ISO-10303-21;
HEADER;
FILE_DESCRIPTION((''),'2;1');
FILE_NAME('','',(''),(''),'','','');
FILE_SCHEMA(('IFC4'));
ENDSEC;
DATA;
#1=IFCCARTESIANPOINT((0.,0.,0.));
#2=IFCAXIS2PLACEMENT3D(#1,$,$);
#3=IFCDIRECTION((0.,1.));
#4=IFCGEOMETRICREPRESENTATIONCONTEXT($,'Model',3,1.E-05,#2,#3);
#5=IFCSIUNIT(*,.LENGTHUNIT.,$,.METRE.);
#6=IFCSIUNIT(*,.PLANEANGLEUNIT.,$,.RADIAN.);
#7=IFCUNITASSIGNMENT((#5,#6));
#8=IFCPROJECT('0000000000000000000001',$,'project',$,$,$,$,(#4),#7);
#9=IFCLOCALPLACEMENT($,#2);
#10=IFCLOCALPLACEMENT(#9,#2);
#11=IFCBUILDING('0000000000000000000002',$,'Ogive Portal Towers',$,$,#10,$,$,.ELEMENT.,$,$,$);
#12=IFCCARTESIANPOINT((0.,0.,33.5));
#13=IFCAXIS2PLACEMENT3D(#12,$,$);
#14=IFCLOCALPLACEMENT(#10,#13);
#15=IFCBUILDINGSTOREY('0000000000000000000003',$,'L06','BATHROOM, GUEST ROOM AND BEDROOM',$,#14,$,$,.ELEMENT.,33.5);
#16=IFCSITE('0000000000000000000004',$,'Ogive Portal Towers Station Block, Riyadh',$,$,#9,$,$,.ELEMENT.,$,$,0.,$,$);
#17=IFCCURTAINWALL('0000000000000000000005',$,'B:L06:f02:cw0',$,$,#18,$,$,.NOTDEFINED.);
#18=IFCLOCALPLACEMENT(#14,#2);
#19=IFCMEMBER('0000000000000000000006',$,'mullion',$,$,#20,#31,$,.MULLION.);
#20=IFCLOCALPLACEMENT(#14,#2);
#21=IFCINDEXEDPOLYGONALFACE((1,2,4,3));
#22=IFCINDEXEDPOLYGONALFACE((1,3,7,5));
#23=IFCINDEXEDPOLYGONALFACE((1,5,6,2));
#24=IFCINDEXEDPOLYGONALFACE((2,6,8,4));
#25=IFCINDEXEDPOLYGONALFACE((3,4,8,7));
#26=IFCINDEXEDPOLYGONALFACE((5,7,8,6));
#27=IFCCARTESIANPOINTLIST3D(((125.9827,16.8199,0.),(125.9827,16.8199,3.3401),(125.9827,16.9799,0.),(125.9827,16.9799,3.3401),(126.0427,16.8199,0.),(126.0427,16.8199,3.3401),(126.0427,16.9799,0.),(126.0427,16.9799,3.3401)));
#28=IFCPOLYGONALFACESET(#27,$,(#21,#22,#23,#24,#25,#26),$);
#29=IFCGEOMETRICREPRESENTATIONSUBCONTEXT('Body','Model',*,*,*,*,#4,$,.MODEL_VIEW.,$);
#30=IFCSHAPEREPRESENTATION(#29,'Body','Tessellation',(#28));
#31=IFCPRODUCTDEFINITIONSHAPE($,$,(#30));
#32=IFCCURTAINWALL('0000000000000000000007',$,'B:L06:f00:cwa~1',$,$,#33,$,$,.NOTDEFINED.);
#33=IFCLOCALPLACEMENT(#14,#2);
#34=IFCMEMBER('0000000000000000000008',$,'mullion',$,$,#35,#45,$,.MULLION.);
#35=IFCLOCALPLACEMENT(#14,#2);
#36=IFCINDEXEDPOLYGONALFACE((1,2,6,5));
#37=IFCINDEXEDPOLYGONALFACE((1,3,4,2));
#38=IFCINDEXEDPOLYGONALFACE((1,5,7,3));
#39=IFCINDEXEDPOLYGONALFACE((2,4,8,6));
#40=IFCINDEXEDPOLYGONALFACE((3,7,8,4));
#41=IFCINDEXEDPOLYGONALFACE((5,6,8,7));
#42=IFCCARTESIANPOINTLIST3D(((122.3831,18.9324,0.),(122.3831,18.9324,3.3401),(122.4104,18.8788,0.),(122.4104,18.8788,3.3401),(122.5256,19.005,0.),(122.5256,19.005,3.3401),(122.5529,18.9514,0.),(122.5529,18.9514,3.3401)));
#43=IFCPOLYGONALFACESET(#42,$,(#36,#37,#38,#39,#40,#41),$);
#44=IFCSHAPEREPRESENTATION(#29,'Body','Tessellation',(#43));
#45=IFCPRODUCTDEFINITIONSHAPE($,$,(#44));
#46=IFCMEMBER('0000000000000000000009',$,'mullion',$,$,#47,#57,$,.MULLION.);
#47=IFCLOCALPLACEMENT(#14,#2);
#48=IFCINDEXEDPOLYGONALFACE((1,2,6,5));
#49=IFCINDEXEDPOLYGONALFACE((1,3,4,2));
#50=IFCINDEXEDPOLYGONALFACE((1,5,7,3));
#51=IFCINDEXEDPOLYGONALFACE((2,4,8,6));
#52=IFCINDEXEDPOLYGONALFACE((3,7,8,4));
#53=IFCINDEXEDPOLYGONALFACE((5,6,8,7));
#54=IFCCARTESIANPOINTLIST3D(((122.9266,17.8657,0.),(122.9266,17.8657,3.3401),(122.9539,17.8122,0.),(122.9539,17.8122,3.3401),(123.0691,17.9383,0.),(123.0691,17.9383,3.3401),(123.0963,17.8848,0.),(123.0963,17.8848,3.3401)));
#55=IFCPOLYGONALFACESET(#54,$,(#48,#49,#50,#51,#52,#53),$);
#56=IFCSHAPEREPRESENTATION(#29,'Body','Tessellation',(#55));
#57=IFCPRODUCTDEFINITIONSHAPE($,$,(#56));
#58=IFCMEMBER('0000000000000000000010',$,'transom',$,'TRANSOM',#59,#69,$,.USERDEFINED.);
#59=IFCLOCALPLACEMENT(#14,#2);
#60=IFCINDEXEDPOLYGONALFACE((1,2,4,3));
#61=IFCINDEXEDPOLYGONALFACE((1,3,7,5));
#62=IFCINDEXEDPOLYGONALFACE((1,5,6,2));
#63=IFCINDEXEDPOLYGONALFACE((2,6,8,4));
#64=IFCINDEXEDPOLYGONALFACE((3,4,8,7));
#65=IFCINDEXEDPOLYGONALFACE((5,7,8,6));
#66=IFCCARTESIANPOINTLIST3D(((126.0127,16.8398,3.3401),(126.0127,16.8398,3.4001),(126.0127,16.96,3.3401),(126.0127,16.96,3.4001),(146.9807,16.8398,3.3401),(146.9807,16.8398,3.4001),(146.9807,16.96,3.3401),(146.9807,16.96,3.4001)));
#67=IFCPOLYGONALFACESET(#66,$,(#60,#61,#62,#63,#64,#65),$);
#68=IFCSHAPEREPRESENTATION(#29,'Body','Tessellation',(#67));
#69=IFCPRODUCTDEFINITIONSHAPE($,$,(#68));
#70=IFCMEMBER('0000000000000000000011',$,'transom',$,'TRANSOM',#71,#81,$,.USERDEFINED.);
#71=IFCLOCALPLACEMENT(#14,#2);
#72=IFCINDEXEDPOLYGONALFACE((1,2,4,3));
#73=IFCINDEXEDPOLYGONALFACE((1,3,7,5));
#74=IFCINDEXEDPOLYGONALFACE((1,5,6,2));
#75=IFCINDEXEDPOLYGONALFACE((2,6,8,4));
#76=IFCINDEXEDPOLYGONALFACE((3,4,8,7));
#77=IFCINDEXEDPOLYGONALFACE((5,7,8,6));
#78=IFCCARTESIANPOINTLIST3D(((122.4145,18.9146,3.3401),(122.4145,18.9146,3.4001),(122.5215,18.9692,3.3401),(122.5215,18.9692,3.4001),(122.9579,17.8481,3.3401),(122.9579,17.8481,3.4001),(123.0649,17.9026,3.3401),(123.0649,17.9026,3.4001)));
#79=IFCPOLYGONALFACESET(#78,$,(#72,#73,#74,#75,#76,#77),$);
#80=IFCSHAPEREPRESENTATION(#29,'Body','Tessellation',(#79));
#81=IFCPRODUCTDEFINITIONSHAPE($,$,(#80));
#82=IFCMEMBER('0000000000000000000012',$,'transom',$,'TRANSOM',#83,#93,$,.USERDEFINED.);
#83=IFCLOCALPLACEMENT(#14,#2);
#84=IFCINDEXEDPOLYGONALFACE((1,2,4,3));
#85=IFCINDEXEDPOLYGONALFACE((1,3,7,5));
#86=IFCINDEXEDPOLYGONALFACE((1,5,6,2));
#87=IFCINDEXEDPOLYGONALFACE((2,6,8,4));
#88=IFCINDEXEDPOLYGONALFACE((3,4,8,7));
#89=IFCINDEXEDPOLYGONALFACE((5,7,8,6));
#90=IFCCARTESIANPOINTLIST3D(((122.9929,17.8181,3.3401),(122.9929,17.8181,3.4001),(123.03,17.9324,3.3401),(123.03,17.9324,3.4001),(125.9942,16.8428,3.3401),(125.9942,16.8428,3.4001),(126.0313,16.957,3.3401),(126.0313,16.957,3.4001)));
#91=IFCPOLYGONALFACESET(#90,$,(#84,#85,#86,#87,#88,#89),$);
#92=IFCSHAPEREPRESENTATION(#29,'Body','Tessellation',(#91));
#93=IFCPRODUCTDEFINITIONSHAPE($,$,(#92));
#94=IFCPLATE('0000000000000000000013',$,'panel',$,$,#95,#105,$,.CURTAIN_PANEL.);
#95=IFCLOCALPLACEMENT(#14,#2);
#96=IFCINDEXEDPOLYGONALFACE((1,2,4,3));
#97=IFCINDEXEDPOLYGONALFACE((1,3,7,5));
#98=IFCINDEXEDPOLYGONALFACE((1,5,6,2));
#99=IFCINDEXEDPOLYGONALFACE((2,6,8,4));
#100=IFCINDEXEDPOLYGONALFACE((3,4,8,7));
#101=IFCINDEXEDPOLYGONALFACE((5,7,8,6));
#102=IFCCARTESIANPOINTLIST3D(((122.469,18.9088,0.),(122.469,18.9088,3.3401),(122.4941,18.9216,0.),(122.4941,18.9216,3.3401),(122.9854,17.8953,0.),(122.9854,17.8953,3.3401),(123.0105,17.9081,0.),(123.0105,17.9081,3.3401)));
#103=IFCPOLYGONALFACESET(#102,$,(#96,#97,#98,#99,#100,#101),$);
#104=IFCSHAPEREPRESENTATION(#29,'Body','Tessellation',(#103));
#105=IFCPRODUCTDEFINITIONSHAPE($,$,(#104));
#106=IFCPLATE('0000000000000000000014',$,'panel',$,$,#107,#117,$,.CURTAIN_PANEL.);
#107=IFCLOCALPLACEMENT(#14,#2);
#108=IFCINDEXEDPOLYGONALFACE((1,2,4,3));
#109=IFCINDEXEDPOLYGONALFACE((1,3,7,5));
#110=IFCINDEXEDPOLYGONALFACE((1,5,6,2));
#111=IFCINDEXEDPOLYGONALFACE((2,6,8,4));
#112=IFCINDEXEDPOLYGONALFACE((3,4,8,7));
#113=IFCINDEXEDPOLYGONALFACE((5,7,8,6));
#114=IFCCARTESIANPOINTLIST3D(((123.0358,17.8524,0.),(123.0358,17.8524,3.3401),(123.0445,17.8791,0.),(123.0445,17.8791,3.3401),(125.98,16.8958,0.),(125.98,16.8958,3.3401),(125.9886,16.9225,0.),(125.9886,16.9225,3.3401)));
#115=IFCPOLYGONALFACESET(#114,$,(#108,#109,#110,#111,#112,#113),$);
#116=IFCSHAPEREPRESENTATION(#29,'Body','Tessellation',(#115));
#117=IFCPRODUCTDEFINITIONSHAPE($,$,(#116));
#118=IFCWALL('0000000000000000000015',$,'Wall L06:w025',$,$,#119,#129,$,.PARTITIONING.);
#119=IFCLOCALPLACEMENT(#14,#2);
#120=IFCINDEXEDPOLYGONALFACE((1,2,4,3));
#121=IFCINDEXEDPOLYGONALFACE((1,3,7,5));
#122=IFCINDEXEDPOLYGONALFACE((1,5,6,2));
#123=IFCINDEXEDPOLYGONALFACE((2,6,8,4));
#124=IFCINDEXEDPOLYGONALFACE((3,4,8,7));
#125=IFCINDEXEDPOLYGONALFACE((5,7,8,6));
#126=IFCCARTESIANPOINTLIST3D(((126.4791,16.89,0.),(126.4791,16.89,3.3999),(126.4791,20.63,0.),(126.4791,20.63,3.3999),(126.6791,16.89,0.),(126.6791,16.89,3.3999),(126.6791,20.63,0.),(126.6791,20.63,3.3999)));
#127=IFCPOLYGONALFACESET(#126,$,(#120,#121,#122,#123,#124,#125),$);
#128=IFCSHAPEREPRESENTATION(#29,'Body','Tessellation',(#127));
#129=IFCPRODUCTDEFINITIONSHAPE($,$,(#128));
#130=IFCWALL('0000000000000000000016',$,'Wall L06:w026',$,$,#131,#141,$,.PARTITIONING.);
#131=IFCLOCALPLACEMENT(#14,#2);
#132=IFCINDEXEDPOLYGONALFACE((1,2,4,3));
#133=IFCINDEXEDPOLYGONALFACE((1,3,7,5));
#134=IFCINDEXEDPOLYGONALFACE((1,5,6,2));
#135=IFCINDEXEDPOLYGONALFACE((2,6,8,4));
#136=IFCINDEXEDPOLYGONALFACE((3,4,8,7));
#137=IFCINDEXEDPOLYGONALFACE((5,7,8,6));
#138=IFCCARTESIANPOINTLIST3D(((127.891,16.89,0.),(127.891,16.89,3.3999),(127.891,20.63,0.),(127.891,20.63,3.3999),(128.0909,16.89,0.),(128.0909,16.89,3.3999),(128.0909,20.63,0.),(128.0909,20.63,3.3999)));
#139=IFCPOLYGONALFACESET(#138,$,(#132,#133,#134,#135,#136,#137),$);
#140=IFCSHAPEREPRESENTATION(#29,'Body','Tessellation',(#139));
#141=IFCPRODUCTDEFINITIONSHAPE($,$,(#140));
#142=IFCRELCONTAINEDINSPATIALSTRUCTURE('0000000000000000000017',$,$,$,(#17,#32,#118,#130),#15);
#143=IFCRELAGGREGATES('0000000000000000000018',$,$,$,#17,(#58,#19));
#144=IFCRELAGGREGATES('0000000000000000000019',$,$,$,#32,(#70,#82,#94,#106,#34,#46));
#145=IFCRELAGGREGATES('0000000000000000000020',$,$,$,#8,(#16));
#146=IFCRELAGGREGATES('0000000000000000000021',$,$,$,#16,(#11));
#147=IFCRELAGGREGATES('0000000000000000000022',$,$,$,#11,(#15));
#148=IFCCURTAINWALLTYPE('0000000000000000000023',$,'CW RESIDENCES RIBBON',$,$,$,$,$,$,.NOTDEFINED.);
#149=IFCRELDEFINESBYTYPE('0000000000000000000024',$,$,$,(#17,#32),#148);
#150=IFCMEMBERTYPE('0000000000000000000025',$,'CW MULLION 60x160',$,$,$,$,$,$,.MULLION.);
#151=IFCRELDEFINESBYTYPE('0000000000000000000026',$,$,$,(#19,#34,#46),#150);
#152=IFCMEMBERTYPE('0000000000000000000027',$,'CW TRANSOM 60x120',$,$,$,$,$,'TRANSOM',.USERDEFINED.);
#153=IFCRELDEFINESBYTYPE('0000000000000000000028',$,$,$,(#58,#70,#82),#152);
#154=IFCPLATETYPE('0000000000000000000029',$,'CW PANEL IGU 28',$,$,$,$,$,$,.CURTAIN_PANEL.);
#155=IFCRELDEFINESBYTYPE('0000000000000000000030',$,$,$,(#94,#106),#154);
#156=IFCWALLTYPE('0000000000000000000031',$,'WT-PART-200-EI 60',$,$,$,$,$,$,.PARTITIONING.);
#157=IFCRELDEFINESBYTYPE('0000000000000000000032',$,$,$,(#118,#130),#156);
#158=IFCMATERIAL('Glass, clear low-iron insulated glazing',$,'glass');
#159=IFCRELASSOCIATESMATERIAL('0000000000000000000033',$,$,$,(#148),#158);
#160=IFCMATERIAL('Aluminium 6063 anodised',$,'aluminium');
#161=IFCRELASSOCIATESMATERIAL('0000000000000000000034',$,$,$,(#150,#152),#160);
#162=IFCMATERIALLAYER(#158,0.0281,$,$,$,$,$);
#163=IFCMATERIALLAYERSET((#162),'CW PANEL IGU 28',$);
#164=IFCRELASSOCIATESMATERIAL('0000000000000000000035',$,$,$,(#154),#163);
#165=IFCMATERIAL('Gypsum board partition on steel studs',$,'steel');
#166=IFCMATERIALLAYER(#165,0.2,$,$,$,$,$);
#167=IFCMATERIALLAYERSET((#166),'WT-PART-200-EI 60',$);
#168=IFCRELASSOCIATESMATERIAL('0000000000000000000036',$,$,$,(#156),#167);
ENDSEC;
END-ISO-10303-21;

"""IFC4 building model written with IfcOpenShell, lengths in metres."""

from ifc_helpers import new_model, si_unit, direction, frame, frame_2d, origin, origin_2d, place, context, subcontext, project, spatial, rectangle, extrude, material, layer, layer_set, material_profile, profile_set, type_object, element, aggregate, save


model = new_model("IFC4")

# Units and contexts
model_context = context("Model", 3, precision=1e-05, world=origin(), true_north=direction((0.0, 1.0)))
body_context = subcontext(model_context, "Body", "Model", "MODEL_VIEW")
ifc_project = project(units=[si_unit("LENGTHUNIT", "METRE"), si_unit("PLANEANGLEUNIT", "RADIAN")], contexts=[model_context])

# Site, building, storey
site_placement = place(None, origin())
site = spatial("IfcSite", under=ifc_project, at=site_placement, Name="Ogive Portal Towers Station Block, Riyadh", CompositionType="ELEMENT", RefElevation=0.0)
building_placement = place(site_placement, origin())
building = spatial("IfcBuilding", under=site, at=building_placement, Name="Ogive Portal Towers", CompositionType="ELEMENT")
storey_placement = place(building_placement, frame((0.0, 0.0, 33.5)))
storey = spatial("IfcBuildingStorey", under=building, at=storey_placement, Name="L06", Description="BATHROOM, GUEST ROOM AND BEDROOM", CompositionType="ELEMENT", Elevation=33.5)

# Curtain wall, member
ifc_material_1 = material(Name="Glass, clear low-iron insulated glazing", Category="glass")
curtain_wall_type = type_object("IfcCurtainWallType", Name="CW RESIDENCES RIBBON", PredefinedType="NOTDEFINED", material=ifc_material_1)
curtain_wall_1_placement = place(storey_placement, origin())
curtain_wall_1 = element("IfcCurtainWall", 1, at=curtain_wall_1_placement, inside=storey, type_object=curtain_wall_type, Name="B:L06:f02:cw0", PredefinedType="NOTDEFINED")
ifc_material_2 = material(Name="Aluminium 6063 anodised", Category="aluminium")
ifc_material_profile_1 = material_profile(ifc_material_2, rectangle(XDim=0.1599, YDim=0.0601, at=origin_2d()), Name="AL 60x160")
ifc_profile_set_1 = profile_set([ifc_material_profile_1], Name="Aluminium 6063 anodised")
member_type_1 = type_object("IfcMemberType", Name="CW MULLION 60x160", PredefinedType="MULLION", material=ifc_profile_set_1)
member_1_placement = place(storey_placement, frame((126.0127, 16.8999, 0.0), z_axis=(0.0, 0.0, 1.0), x_axis=(0.0, 1.0, 0.0)))
member_1 = element("IfcMember", 2, at=member_1_placement, type_object=member_type_1, Name="mullion", PredefinedType="MULLION", context=body_context, shape_type="SweptSolid", body=[
    extrude(rectangle(XDim=0.1599, YDim=0.0601, at=origin_2d()), origin(), (0.0, 0.0, 1.0), 3.3401),
])

# Curtain wall, members
curtain_wall_2_placement = place(storey_placement, origin())
curtain_wall_2 = element("IfcCurtainWall", 3, at=curtain_wall_2_placement, inside=storey, type_object=curtain_wall_type, Name="B:L06:f00:cwa~1", PredefinedType="NOTDEFINED")
member_2_placement = place(storey_placement, frame((122.468, 18.9419, 0.0), z_axis=(0.0, 0.0, 1.0), x_axis=(0.891007, 0.45399, 0.0)))
member_2 = element("IfcMember", 4, at=member_2_placement, type_object=member_type_1, Name="mullion", PredefinedType="MULLION", context=body_context, shape_type="SweptSolid", body=[
    extrude(rectangle(XDim=0.1599, YDim=0.0601, at=origin_2d()), origin(), (0.0, 0.0, 1.0), 3.3401),
])
member_3_placement = place(storey_placement, frame((123.0115, 17.8752, 0.0), z_axis=(0.0, 0.0, 1.0), x_axis=(0.891007, 0.45399, 0.0)))
member_3 = element("IfcMember", 5, at=member_3_placement, type_object=member_type_1, Name="mullion", PredefinedType="MULLION", context=body_context, shape_type="SweptSolid", body=[
    extrude(rectangle(XDim=0.1599, YDim=0.0601, at=origin_2d()), origin(), (0.0, 0.0, 1.0), 3.3401),
])

# Members
ifc_material_profile_2 = material_profile(ifc_material_2, rectangle(XDim=0.1201, YDim=0.0601, at=origin_2d()), Name="AL 120x60")
ifc_profile_set_2 = profile_set([ifc_material_profile_2], Name="Aluminium 6063 anodised")
member_type_2 = type_object("IfcMemberType", Name="CW TRANSOM 60x120", ElementType="TRANSOM", PredefinedType="USERDEFINED", material=ifc_profile_set_2)
member_4_placement = place(storey_placement, frame((126.0127, 16.8999, 3.3701), z_axis=(1.0, 0.0, 0.0), x_axis=(0.0, 1.0, 0.0)))
member_4 = element("IfcMember", 6, at=member_4_placement, type_object=member_type_2, Name="transom", ObjectType="TRANSOM", PredefinedType="USERDEFINED", context=body_context, shape_type="SweptSolid", body=[
    extrude(rectangle(XDim=0.1201, YDim=0.0601, at=origin_2d()), origin(), (0.0, 0.0, 1.0), 20.968),
])
aggregate(curtain_wall_1, [member_4, member_1])
member_5_placement = place(storey_placement, frame((122.468, 18.9419, 3.3701), z_axis=(0.453972, -0.891016, 0.0), x_axis=(0.891016, 0.453972, 0.0)))
member_5 = element("IfcMember", 7, at=member_5_placement, type_object=member_type_2, Name="transom", ObjectType="TRANSOM", PredefinedType="USERDEFINED", context=body_context, shape_type="SweptSolid", body=[
    extrude(rectangle(XDim=0.1201, YDim=0.0601, at=origin_2d()), origin(), (0.0, 0.0, 1.0), 1.197),
])
member_6_placement = place(storey_placement, frame((123.0115, 17.8752, 3.3701), z_axis=(0.951039, -0.30907, 0.0), x_axis=(0.30907, 0.951039, 0.0)))
member_6 = element("IfcMember", 8, at=member_6_placement, type_object=member_type_2, Name="transom", ObjectType="TRANSOM", PredefinedType="USERDEFINED", context=body_context, shape_type="SweptSolid", body=[
    extrude(rectangle(XDim=0.1201, YDim=0.0601, at=origin_2d()), origin(), (0.0, 0.0, 1.0), 3.1558),
])

# Plates
ifc_layer_1 = layer(ifc_material_1, 0.0281)
ifc_layer_set_1 = layer_set([ifc_layer_1], Name="CW PANEL IGU 28")
plate_type = type_object("IfcPlateType", Name="CW PANEL IGU 28", PredefinedType="CURTAIN_PANEL", material=ifc_layer_set_1)
plate_1_placement = place(storey_placement, frame((122.7397, 18.4084, 0.0), z_axis=(0.0, 0.0, 1.0), x_axis=(0.45399, -0.891007, 0.0)))
plate_1 = element("IfcPlate", 9, at=plate_1_placement, type_object=plate_type, Name="panel", PredefinedType="CURTAIN_PANEL", context=body_context, shape_type="SweptSolid", body=[
    extrude(rectangle(XDim=1.1375, YDim=0.0281, at=origin_2d()), origin(), (0.0, 0.0, 1.0), 3.3401),
])
plate_2_placement = place(storey_placement, frame((124.5122, 17.3875, 0.0), z_axis=(0.0, 0.0, 1.0), x_axis=(0.951057, -0.309017, 0.0)))
plate_2 = element("IfcPlate", 10, at=plate_2_placement, type_object=plate_type, Name="panel", PredefinedType="CURTAIN_PANEL", context=body_context, shape_type="SweptSolid", body=[
    extrude(rectangle(XDim=3.0957, YDim=0.0281, at=origin_2d()), origin(), (0.0, 0.0, 1.0), 3.3401),
])
aggregate(curtain_wall_2, [member_5, member_6, plate_1, plate_2, member_2, member_3])

# Walls
ifc_material_3 = material(Name="Gypsum board partition on steel studs", Category="steel")
ifc_layer_2 = layer(ifc_material_3, 0.2)
ifc_layer_set_2 = layer_set([ifc_layer_2], Name="WT-PART-200-EI 60")
wall_type = type_object("IfcWallType", Name="WT-PART-200-EI 60", PredefinedType="PARTITIONING", material=ifc_layer_set_2)
for number, where, z_axis, x_axis, name in (
    (11, (126.5791, 16.8899, 0.0), (0.0, 0.0, 1.0), (0.0, 1.0, 0.0), "Wall L06:w025"),
    (12, (127.991, 16.8899, 0.0), (0.0, 0.0, 1.0), (0.0, 1.0, 0.0), "Wall L06:w026"),
):
    element("IfcWall", number, at=place(storey_placement, frame(where, z_axis=z_axis, x_axis=x_axis)), inside=storey, type_object=wall_type, Name=name, PredefinedType="PARTITIONING", context=body_context, shape_type="SweptSolid", body=[
        extrude(rectangle(XDim=3.74, YDim=0.2, at=frame_2d((1.8701, 0.0))), origin(), (0.0, 0.0, 1.0), 3.3999),
    ])

save(model, "model.ifc")
